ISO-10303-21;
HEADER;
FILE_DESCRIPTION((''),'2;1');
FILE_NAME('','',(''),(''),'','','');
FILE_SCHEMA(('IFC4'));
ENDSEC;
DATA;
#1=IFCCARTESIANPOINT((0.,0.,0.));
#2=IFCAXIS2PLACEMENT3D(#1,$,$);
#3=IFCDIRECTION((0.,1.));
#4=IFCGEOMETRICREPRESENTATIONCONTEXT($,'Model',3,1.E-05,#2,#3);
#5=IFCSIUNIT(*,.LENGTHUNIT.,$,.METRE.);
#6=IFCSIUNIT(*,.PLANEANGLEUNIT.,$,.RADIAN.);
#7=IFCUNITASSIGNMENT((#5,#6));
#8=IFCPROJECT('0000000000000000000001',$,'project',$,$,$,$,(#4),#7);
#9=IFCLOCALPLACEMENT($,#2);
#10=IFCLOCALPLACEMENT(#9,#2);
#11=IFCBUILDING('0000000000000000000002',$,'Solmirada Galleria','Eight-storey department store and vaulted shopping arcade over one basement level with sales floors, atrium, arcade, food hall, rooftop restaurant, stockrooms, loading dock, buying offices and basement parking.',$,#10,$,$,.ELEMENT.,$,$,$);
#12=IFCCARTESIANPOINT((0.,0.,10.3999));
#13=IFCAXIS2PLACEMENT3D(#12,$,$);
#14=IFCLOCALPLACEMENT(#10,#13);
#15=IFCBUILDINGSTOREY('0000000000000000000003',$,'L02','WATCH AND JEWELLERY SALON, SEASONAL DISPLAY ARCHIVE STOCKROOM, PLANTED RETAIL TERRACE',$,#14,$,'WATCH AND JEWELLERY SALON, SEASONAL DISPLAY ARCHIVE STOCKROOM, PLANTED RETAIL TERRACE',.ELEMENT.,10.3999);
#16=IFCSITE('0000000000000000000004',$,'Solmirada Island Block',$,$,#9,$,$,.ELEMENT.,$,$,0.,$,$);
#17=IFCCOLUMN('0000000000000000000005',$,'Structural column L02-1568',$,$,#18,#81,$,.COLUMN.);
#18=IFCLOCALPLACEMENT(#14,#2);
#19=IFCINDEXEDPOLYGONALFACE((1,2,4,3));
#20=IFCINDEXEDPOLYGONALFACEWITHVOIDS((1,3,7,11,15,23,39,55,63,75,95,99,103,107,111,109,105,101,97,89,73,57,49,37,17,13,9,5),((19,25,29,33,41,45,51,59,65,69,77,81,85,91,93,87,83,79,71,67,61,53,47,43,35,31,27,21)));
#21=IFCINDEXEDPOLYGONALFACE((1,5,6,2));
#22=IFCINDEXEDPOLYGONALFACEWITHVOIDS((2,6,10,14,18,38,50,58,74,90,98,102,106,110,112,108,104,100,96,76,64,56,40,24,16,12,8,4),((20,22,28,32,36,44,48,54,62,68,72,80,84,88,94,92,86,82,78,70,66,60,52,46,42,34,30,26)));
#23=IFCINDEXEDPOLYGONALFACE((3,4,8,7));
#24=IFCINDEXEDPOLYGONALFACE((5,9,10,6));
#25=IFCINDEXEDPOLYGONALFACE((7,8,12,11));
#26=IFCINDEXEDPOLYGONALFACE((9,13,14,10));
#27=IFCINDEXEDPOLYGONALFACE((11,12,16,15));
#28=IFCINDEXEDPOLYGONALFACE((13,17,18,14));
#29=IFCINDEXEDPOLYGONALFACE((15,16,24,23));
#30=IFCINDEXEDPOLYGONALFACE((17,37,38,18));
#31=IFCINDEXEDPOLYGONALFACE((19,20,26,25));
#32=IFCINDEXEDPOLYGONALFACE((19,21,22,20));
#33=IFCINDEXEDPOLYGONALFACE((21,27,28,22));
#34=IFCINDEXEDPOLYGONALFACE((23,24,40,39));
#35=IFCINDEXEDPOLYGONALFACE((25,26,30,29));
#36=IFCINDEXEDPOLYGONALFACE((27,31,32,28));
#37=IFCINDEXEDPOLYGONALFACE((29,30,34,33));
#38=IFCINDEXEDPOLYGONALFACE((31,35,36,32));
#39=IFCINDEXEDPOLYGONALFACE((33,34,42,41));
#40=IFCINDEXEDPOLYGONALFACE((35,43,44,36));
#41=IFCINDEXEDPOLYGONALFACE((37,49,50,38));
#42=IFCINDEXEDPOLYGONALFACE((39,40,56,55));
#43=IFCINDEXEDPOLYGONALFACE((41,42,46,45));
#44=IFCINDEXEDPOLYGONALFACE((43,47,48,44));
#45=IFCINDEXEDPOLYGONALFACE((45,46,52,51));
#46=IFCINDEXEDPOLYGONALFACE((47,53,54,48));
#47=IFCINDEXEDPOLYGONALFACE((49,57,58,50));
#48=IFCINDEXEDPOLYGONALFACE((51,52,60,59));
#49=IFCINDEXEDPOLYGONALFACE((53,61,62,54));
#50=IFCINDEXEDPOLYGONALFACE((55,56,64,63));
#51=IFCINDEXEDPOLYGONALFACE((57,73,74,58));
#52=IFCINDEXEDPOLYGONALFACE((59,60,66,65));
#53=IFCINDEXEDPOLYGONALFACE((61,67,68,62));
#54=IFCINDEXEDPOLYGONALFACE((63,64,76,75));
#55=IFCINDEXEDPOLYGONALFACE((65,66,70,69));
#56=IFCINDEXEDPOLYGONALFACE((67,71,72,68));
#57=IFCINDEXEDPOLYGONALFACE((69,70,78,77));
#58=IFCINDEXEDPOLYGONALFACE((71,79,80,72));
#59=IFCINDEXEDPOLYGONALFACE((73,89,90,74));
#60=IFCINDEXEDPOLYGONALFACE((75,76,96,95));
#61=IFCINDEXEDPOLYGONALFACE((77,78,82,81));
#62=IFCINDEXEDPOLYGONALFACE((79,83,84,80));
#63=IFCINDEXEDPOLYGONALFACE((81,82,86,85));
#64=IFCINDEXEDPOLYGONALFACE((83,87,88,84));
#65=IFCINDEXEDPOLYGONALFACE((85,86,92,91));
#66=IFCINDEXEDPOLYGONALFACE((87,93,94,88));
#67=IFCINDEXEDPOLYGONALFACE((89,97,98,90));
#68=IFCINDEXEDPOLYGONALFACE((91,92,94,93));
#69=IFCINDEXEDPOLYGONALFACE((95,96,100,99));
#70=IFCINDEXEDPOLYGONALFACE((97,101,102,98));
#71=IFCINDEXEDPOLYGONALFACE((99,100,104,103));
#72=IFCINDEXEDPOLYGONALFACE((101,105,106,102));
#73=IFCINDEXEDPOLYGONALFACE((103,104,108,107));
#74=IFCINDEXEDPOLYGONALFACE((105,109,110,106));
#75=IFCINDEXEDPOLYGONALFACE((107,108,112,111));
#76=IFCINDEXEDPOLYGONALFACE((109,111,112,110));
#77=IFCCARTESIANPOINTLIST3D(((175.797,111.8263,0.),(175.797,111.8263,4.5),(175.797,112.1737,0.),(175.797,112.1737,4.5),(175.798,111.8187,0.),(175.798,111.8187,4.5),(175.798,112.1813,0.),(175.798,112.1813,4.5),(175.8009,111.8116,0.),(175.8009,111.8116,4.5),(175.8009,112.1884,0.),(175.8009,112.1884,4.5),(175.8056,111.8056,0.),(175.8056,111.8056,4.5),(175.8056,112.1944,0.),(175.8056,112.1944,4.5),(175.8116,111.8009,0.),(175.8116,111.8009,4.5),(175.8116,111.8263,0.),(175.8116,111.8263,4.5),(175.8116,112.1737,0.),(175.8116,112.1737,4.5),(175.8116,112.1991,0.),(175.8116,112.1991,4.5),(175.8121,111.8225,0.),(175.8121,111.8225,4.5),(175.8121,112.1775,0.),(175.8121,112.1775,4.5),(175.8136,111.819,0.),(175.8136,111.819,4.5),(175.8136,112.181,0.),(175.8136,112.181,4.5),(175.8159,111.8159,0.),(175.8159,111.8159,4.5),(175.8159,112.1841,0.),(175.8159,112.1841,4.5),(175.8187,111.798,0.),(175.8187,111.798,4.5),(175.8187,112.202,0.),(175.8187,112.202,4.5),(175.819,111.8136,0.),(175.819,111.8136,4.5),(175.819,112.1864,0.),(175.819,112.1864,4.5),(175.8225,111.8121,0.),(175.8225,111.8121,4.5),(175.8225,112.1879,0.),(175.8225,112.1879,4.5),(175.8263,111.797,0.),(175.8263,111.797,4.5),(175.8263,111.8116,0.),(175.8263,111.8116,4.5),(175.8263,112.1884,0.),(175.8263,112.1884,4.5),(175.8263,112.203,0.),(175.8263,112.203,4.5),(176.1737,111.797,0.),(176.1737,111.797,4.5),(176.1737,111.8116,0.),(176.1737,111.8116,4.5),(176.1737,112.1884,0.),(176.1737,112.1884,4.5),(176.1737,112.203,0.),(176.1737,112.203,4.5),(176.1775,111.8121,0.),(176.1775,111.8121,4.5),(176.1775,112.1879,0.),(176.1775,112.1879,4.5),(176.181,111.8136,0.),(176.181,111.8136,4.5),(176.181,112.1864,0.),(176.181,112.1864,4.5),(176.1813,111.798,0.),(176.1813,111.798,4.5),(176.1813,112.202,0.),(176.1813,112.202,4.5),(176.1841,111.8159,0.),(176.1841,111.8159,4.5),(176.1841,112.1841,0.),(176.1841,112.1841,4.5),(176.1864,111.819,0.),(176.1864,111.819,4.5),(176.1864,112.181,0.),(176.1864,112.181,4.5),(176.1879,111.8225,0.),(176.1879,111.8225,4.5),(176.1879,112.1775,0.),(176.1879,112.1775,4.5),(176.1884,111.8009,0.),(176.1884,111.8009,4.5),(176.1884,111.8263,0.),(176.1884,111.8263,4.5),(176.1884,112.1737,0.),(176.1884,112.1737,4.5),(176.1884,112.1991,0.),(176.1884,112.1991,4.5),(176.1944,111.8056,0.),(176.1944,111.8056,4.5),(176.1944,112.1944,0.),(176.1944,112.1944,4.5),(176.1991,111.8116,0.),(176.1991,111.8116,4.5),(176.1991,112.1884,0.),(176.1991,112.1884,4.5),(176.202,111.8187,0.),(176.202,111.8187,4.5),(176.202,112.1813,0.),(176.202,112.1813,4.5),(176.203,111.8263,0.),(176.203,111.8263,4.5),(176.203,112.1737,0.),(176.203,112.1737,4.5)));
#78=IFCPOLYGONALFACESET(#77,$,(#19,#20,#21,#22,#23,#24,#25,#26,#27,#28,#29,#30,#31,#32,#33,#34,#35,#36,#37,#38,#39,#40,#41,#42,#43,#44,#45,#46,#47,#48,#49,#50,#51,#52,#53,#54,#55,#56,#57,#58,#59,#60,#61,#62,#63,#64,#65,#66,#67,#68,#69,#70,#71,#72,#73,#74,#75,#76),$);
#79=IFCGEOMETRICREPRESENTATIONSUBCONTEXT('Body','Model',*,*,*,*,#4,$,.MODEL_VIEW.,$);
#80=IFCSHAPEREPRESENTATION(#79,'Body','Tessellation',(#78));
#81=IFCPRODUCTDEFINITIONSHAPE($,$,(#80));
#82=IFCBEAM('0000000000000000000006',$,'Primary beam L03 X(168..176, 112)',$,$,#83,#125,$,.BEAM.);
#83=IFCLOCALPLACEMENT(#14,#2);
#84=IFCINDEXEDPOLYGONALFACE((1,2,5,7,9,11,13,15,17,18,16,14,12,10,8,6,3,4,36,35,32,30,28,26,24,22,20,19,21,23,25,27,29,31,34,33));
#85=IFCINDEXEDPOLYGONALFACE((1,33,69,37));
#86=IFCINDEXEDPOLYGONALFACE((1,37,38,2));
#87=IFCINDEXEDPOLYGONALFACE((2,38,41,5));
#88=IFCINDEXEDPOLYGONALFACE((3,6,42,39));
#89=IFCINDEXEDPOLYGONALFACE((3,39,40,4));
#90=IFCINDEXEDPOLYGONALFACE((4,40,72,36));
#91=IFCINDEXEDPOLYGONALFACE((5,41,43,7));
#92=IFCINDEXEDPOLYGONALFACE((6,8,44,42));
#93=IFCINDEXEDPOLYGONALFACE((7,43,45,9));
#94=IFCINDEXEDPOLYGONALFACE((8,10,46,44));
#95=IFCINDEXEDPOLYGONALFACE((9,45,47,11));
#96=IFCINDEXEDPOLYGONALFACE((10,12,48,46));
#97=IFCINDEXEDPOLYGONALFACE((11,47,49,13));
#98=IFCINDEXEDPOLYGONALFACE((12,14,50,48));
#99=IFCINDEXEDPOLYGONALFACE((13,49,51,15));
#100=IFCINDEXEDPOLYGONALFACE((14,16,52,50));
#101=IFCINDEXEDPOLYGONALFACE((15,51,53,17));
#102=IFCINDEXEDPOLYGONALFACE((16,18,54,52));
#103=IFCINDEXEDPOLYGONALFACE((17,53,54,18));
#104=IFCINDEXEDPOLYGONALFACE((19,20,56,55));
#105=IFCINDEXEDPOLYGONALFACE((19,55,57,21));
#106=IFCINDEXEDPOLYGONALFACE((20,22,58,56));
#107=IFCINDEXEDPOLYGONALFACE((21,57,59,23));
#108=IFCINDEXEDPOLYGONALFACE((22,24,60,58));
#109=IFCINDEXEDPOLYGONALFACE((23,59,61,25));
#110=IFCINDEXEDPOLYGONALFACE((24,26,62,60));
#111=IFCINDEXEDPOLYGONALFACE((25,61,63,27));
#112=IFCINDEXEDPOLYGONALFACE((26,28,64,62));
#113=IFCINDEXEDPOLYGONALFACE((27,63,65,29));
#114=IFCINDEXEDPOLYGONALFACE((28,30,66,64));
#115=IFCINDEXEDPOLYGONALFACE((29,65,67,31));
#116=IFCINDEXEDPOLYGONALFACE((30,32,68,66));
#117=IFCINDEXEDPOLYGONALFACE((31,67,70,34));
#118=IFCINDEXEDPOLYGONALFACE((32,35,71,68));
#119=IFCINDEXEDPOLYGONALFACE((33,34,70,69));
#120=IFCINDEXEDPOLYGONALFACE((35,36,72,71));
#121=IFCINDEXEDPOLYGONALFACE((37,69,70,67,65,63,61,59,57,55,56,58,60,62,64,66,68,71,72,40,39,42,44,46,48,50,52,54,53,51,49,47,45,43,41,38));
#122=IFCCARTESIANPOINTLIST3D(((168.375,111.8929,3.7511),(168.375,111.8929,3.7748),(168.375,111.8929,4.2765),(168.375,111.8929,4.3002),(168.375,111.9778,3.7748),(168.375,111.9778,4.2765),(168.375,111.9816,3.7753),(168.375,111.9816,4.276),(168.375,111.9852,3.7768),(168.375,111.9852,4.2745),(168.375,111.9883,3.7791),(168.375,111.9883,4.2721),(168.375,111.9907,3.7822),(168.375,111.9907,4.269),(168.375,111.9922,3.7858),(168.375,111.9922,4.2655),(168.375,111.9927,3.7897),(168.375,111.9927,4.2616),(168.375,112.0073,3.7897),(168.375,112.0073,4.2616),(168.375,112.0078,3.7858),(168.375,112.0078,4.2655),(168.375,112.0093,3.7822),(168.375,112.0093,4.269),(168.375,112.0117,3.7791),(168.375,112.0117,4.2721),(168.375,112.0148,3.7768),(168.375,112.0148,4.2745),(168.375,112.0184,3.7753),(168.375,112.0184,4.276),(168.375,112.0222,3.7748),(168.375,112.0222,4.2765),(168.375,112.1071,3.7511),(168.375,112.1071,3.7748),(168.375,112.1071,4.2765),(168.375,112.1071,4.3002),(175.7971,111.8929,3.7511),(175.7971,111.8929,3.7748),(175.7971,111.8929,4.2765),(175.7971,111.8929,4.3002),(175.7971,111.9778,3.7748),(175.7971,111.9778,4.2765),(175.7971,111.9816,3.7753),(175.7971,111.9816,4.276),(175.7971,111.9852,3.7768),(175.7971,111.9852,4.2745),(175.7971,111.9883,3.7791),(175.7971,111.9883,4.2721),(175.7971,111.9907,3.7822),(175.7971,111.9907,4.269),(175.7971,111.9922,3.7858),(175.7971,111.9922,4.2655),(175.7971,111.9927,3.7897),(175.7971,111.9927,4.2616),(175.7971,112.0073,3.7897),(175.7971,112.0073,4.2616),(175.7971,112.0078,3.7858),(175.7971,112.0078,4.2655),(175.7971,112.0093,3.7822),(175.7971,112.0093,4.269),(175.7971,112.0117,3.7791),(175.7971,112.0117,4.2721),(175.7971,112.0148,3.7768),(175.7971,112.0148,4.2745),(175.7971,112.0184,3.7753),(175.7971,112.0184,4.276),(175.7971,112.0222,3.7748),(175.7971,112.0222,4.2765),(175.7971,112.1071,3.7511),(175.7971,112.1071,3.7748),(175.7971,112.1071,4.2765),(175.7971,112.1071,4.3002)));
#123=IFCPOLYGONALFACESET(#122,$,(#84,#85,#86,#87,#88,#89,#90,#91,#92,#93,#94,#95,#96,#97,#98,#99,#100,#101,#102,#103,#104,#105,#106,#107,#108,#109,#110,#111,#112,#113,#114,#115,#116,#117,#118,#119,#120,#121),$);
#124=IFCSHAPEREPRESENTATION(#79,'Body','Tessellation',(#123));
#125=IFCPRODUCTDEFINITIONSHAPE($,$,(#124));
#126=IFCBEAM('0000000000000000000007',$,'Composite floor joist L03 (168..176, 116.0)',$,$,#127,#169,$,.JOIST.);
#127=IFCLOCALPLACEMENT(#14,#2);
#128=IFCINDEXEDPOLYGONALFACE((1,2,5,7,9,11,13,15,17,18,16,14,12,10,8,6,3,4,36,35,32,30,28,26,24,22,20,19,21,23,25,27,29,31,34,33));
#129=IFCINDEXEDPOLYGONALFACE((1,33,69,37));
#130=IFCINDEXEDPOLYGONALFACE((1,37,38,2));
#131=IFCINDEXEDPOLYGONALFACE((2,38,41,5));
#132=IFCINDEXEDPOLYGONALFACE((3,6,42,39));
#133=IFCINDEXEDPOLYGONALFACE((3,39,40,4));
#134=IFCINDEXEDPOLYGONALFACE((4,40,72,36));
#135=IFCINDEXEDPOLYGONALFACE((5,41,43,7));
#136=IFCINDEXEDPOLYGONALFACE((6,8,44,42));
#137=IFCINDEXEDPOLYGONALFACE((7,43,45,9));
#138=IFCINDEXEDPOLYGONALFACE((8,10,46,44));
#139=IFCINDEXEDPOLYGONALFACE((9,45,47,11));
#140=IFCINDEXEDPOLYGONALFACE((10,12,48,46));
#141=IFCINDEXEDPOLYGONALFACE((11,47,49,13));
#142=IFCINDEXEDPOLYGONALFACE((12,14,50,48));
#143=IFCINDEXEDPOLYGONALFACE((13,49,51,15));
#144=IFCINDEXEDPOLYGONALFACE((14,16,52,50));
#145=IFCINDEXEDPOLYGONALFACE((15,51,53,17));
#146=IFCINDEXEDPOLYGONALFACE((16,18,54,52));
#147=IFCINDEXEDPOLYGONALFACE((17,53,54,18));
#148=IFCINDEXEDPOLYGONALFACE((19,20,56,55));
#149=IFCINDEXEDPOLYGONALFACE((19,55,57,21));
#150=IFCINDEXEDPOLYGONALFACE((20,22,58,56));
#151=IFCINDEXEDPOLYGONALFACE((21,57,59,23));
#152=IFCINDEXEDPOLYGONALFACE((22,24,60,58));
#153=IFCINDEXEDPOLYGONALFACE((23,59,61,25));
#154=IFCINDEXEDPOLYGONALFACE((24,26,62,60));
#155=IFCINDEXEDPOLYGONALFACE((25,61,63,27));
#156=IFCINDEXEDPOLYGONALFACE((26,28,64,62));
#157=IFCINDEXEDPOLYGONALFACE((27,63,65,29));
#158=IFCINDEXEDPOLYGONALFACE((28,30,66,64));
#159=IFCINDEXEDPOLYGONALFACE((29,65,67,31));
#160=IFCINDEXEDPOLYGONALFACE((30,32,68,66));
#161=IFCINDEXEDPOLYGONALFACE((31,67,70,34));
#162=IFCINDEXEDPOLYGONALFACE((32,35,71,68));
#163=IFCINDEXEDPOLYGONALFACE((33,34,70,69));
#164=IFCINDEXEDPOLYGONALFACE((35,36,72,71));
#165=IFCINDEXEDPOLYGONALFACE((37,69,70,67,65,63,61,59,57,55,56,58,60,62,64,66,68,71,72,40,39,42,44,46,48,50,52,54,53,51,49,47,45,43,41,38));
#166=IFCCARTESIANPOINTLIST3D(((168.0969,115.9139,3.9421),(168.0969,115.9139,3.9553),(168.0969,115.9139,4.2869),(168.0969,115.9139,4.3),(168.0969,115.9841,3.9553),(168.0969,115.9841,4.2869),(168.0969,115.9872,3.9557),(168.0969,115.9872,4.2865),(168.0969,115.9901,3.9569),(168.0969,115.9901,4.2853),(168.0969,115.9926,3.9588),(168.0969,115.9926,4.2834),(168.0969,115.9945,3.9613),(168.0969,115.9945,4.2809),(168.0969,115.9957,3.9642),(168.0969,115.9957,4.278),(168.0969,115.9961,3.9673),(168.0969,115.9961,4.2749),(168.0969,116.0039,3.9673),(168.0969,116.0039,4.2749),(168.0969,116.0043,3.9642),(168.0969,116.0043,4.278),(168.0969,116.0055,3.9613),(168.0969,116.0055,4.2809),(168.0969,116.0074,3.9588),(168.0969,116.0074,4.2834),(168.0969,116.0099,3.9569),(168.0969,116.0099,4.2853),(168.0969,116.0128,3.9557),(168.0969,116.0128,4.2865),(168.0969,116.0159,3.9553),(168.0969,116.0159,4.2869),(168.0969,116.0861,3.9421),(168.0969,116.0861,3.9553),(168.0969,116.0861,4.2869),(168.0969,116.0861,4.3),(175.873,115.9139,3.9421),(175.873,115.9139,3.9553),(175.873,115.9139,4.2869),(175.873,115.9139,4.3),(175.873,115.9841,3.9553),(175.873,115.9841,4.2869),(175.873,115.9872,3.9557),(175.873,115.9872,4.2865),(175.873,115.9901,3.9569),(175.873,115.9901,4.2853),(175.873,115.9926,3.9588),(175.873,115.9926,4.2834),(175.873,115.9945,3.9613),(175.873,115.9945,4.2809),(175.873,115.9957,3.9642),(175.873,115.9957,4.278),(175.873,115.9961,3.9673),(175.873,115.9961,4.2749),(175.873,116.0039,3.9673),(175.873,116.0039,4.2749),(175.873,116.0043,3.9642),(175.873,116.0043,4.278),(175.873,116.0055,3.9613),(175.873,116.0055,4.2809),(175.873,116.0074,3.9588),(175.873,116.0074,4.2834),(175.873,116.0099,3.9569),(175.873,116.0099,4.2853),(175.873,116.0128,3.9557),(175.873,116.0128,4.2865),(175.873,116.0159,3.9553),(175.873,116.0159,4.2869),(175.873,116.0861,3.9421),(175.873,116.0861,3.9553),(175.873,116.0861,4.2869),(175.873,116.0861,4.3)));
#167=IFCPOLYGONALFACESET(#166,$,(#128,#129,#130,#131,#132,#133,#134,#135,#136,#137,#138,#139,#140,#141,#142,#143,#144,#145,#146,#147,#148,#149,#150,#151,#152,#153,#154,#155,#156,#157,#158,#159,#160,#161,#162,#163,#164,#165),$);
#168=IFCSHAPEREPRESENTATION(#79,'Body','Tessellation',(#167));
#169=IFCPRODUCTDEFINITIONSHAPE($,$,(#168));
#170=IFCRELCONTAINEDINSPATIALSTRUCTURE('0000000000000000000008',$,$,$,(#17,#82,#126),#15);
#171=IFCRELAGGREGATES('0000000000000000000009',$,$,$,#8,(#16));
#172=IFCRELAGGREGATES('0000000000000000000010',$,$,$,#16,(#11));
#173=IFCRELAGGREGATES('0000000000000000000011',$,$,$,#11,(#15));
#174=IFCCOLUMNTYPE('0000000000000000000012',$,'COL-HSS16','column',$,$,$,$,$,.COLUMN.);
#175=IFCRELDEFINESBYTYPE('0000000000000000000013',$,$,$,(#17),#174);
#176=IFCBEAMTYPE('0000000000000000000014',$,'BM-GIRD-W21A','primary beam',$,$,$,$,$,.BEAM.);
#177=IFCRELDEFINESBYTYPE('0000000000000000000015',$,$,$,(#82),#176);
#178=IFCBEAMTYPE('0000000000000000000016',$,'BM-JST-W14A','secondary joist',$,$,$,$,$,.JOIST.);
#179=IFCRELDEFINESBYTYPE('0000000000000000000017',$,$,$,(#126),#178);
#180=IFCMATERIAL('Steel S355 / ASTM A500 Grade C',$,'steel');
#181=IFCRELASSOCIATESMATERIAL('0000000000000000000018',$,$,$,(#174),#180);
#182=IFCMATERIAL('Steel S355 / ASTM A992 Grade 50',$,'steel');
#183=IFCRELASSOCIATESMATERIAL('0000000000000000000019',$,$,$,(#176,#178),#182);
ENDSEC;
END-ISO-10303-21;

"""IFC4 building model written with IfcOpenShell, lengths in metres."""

from ifc_helpers import new_model, si_unit, direction, frame, origin, origin_2d, place, context, subcontext, project, spatial, hollow_rectangle, i_section, extrude, material, material_profile, profile_set, type_object, element, save


model = new_model("IFC4")

# Units and contexts
model_context = context("Model", 3, precision=1e-05, world=origin(), true_north=direction((0.0, 1.0)))
body_context = subcontext(model_context, "Body", "Model", "MODEL_VIEW")
ifc_project = project(units=[si_unit("LENGTHUNIT", "METRE"), si_unit("PLANEANGLEUNIT", "RADIAN")], contexts=[model_context])

# Site, building, storey
site_placement = place(None, origin())
site = spatial("IfcSite", under=ifc_project, at=site_placement, Name="Solmirada Island Block", CompositionType="ELEMENT", RefElevation=0.0)
building_placement = place(site_placement, origin())
building = spatial("IfcBuilding", under=site, at=building_placement, Name="Solmirada Galleria", Description="Eight-storey department store and vaulted shopping arcade over one basement level with sales floors, atrium, arcade, food hall, rooftop restaurant, stockrooms, loading dock, buying offices and basement parking.", CompositionType="ELEMENT")
storey_placement = place(building_placement, frame((0.0, 0.0, 10.3999)))
storey = spatial("IfcBuildingStorey", under=building, at=storey_placement, Name="L02", Description="WATCH AND JEWELLERY SALON, SEASONAL DISPLAY ARCHIVE STOCKROOM, PLANTED RETAIL TERRACE", LongName="WATCH AND JEWELLERY SALON, SEASONAL DISPLAY ARCHIVE STOCKROOM, PLANTED RETAIL TERRACE", CompositionType="ELEMENT", Elevation=10.3999)

# Column
ifc_material_1 = material(Name="Steel S355 / ASTM A500 Grade C", Category="steel")
ifc_material_profile_1 = material_profile(ifc_material_1, hollow_rectangle(XDim=0.406, YDim=0.406, WallThickness=0.0146, InnerFilletRadius=0.0146, OuterFilletRadius=0.0293, at=origin_2d()), Name="HSS16X16X5/8")
ifc_profile_set_1 = profile_set([ifc_material_profile_1], Name="Steel S355 / ASTM A500 Grade C")
column_type = type_object("IfcColumnType", Name="COL-HSS16", Description="column", PredefinedType="COLUMN", material=ifc_profile_set_1)
column_placement = place(storey_placement, frame((176.0, 112.0, 0.0), z_axis=(0.0, 0.0, 1.0), x_axis=(1.0, 0.0, 0.0)))
element("IfcColumn", 1, at=column_placement, inside=storey, type_object=column_type, Name="Structural column L02-1568", PredefinedType="COLUMN", context=body_context, shape_type="SweptSolid", body=[
    extrude(hollow_rectangle(XDim=0.406, YDim=0.406, WallThickness=0.0146, InnerFilletRadius=0.0146, OuterFilletRadius=0.0293, at=origin_2d()), origin(), (0.0, 0.0, 1.0), 4.5),
])

# Beams
ifc_material_2 = material(Name="Steel S355 / ASTM A992 Grade 50", Category="steel")
ifc_material_profile_2 = material_profile(ifc_material_2, i_section(OverallWidth=0.2141, OverallDepth=0.5491, WebThickness=0.0146, FlangeThickness=0.0237, FilletRadius=0.0149, at=origin_2d()), Name="W21X93")
ifc_profile_set_2 = profile_set([ifc_material_profile_2], Name="Steel S355 / ASTM A992 Grade 50")
beam_type_1 = type_object("IfcBeamType", Name="BM-GIRD-W21A", Description="primary beam", PredefinedType="BEAM", material=ifc_profile_set_2)
beam_1_placement = place(storey_placement, frame((168.375, 112.0, 4.0256), z_axis=(1.0, 0.0, 0.0), x_axis=(0.0, 1.0, 0.0)))
element("IfcBeam", 2, at=beam_1_placement, inside=storey, type_object=beam_type_1, Name="Primary beam L03 X(168..176, 112)", PredefinedType="BEAM", context=body_context, shape_type="SweptSolid", body=[
    extrude(i_section(OverallWidth=0.2141, OverallDepth=0.5491, WebThickness=0.0146, FlangeThickness=0.0237, FilletRadius=0.0149, at=origin_2d()), origin(), (0.0, 0.0, 1.0), 7.4221),
])
ifc_material_profile_3 = material_profile(ifc_material_2, i_section(OverallWidth=0.1721, OverallDepth=0.3579, WebThickness=0.0078, FlangeThickness=0.0132, FilletRadius=0.012, at=origin_2d()), Name="W14X38")
ifc_profile_set_3 = profile_set([ifc_material_profile_3], Name="Steel S355 / ASTM A992 Grade 50")
beam_type_2 = type_object("IfcBeamType", Name="BM-JST-W14A", Description="secondary joist", PredefinedType="JOIST", material=ifc_profile_set_3)
beam_2_placement = place(storey_placement, frame((168.0969, 116.0, 4.1211), z_axis=(1.0, 0.0, 0.0), x_axis=(0.0, 1.0, 0.0)))
element("IfcBeam", 3, at=beam_2_placement, inside=storey, type_object=beam_type_2, Name="Composite floor joist L03 (168..176, 116.0)", PredefinedType="JOIST", context=body_context, shape_type="SweptSolid", body=[
    extrude(i_section(OverallWidth=0.1721, OverallDepth=0.3579, WebThickness=0.0078, FlangeThickness=0.0132, FilletRadius=0.012, at=origin_2d()), origin(), (0.0, 0.0, 1.0), 7.7761),
])

save(model, "model.ifc")
